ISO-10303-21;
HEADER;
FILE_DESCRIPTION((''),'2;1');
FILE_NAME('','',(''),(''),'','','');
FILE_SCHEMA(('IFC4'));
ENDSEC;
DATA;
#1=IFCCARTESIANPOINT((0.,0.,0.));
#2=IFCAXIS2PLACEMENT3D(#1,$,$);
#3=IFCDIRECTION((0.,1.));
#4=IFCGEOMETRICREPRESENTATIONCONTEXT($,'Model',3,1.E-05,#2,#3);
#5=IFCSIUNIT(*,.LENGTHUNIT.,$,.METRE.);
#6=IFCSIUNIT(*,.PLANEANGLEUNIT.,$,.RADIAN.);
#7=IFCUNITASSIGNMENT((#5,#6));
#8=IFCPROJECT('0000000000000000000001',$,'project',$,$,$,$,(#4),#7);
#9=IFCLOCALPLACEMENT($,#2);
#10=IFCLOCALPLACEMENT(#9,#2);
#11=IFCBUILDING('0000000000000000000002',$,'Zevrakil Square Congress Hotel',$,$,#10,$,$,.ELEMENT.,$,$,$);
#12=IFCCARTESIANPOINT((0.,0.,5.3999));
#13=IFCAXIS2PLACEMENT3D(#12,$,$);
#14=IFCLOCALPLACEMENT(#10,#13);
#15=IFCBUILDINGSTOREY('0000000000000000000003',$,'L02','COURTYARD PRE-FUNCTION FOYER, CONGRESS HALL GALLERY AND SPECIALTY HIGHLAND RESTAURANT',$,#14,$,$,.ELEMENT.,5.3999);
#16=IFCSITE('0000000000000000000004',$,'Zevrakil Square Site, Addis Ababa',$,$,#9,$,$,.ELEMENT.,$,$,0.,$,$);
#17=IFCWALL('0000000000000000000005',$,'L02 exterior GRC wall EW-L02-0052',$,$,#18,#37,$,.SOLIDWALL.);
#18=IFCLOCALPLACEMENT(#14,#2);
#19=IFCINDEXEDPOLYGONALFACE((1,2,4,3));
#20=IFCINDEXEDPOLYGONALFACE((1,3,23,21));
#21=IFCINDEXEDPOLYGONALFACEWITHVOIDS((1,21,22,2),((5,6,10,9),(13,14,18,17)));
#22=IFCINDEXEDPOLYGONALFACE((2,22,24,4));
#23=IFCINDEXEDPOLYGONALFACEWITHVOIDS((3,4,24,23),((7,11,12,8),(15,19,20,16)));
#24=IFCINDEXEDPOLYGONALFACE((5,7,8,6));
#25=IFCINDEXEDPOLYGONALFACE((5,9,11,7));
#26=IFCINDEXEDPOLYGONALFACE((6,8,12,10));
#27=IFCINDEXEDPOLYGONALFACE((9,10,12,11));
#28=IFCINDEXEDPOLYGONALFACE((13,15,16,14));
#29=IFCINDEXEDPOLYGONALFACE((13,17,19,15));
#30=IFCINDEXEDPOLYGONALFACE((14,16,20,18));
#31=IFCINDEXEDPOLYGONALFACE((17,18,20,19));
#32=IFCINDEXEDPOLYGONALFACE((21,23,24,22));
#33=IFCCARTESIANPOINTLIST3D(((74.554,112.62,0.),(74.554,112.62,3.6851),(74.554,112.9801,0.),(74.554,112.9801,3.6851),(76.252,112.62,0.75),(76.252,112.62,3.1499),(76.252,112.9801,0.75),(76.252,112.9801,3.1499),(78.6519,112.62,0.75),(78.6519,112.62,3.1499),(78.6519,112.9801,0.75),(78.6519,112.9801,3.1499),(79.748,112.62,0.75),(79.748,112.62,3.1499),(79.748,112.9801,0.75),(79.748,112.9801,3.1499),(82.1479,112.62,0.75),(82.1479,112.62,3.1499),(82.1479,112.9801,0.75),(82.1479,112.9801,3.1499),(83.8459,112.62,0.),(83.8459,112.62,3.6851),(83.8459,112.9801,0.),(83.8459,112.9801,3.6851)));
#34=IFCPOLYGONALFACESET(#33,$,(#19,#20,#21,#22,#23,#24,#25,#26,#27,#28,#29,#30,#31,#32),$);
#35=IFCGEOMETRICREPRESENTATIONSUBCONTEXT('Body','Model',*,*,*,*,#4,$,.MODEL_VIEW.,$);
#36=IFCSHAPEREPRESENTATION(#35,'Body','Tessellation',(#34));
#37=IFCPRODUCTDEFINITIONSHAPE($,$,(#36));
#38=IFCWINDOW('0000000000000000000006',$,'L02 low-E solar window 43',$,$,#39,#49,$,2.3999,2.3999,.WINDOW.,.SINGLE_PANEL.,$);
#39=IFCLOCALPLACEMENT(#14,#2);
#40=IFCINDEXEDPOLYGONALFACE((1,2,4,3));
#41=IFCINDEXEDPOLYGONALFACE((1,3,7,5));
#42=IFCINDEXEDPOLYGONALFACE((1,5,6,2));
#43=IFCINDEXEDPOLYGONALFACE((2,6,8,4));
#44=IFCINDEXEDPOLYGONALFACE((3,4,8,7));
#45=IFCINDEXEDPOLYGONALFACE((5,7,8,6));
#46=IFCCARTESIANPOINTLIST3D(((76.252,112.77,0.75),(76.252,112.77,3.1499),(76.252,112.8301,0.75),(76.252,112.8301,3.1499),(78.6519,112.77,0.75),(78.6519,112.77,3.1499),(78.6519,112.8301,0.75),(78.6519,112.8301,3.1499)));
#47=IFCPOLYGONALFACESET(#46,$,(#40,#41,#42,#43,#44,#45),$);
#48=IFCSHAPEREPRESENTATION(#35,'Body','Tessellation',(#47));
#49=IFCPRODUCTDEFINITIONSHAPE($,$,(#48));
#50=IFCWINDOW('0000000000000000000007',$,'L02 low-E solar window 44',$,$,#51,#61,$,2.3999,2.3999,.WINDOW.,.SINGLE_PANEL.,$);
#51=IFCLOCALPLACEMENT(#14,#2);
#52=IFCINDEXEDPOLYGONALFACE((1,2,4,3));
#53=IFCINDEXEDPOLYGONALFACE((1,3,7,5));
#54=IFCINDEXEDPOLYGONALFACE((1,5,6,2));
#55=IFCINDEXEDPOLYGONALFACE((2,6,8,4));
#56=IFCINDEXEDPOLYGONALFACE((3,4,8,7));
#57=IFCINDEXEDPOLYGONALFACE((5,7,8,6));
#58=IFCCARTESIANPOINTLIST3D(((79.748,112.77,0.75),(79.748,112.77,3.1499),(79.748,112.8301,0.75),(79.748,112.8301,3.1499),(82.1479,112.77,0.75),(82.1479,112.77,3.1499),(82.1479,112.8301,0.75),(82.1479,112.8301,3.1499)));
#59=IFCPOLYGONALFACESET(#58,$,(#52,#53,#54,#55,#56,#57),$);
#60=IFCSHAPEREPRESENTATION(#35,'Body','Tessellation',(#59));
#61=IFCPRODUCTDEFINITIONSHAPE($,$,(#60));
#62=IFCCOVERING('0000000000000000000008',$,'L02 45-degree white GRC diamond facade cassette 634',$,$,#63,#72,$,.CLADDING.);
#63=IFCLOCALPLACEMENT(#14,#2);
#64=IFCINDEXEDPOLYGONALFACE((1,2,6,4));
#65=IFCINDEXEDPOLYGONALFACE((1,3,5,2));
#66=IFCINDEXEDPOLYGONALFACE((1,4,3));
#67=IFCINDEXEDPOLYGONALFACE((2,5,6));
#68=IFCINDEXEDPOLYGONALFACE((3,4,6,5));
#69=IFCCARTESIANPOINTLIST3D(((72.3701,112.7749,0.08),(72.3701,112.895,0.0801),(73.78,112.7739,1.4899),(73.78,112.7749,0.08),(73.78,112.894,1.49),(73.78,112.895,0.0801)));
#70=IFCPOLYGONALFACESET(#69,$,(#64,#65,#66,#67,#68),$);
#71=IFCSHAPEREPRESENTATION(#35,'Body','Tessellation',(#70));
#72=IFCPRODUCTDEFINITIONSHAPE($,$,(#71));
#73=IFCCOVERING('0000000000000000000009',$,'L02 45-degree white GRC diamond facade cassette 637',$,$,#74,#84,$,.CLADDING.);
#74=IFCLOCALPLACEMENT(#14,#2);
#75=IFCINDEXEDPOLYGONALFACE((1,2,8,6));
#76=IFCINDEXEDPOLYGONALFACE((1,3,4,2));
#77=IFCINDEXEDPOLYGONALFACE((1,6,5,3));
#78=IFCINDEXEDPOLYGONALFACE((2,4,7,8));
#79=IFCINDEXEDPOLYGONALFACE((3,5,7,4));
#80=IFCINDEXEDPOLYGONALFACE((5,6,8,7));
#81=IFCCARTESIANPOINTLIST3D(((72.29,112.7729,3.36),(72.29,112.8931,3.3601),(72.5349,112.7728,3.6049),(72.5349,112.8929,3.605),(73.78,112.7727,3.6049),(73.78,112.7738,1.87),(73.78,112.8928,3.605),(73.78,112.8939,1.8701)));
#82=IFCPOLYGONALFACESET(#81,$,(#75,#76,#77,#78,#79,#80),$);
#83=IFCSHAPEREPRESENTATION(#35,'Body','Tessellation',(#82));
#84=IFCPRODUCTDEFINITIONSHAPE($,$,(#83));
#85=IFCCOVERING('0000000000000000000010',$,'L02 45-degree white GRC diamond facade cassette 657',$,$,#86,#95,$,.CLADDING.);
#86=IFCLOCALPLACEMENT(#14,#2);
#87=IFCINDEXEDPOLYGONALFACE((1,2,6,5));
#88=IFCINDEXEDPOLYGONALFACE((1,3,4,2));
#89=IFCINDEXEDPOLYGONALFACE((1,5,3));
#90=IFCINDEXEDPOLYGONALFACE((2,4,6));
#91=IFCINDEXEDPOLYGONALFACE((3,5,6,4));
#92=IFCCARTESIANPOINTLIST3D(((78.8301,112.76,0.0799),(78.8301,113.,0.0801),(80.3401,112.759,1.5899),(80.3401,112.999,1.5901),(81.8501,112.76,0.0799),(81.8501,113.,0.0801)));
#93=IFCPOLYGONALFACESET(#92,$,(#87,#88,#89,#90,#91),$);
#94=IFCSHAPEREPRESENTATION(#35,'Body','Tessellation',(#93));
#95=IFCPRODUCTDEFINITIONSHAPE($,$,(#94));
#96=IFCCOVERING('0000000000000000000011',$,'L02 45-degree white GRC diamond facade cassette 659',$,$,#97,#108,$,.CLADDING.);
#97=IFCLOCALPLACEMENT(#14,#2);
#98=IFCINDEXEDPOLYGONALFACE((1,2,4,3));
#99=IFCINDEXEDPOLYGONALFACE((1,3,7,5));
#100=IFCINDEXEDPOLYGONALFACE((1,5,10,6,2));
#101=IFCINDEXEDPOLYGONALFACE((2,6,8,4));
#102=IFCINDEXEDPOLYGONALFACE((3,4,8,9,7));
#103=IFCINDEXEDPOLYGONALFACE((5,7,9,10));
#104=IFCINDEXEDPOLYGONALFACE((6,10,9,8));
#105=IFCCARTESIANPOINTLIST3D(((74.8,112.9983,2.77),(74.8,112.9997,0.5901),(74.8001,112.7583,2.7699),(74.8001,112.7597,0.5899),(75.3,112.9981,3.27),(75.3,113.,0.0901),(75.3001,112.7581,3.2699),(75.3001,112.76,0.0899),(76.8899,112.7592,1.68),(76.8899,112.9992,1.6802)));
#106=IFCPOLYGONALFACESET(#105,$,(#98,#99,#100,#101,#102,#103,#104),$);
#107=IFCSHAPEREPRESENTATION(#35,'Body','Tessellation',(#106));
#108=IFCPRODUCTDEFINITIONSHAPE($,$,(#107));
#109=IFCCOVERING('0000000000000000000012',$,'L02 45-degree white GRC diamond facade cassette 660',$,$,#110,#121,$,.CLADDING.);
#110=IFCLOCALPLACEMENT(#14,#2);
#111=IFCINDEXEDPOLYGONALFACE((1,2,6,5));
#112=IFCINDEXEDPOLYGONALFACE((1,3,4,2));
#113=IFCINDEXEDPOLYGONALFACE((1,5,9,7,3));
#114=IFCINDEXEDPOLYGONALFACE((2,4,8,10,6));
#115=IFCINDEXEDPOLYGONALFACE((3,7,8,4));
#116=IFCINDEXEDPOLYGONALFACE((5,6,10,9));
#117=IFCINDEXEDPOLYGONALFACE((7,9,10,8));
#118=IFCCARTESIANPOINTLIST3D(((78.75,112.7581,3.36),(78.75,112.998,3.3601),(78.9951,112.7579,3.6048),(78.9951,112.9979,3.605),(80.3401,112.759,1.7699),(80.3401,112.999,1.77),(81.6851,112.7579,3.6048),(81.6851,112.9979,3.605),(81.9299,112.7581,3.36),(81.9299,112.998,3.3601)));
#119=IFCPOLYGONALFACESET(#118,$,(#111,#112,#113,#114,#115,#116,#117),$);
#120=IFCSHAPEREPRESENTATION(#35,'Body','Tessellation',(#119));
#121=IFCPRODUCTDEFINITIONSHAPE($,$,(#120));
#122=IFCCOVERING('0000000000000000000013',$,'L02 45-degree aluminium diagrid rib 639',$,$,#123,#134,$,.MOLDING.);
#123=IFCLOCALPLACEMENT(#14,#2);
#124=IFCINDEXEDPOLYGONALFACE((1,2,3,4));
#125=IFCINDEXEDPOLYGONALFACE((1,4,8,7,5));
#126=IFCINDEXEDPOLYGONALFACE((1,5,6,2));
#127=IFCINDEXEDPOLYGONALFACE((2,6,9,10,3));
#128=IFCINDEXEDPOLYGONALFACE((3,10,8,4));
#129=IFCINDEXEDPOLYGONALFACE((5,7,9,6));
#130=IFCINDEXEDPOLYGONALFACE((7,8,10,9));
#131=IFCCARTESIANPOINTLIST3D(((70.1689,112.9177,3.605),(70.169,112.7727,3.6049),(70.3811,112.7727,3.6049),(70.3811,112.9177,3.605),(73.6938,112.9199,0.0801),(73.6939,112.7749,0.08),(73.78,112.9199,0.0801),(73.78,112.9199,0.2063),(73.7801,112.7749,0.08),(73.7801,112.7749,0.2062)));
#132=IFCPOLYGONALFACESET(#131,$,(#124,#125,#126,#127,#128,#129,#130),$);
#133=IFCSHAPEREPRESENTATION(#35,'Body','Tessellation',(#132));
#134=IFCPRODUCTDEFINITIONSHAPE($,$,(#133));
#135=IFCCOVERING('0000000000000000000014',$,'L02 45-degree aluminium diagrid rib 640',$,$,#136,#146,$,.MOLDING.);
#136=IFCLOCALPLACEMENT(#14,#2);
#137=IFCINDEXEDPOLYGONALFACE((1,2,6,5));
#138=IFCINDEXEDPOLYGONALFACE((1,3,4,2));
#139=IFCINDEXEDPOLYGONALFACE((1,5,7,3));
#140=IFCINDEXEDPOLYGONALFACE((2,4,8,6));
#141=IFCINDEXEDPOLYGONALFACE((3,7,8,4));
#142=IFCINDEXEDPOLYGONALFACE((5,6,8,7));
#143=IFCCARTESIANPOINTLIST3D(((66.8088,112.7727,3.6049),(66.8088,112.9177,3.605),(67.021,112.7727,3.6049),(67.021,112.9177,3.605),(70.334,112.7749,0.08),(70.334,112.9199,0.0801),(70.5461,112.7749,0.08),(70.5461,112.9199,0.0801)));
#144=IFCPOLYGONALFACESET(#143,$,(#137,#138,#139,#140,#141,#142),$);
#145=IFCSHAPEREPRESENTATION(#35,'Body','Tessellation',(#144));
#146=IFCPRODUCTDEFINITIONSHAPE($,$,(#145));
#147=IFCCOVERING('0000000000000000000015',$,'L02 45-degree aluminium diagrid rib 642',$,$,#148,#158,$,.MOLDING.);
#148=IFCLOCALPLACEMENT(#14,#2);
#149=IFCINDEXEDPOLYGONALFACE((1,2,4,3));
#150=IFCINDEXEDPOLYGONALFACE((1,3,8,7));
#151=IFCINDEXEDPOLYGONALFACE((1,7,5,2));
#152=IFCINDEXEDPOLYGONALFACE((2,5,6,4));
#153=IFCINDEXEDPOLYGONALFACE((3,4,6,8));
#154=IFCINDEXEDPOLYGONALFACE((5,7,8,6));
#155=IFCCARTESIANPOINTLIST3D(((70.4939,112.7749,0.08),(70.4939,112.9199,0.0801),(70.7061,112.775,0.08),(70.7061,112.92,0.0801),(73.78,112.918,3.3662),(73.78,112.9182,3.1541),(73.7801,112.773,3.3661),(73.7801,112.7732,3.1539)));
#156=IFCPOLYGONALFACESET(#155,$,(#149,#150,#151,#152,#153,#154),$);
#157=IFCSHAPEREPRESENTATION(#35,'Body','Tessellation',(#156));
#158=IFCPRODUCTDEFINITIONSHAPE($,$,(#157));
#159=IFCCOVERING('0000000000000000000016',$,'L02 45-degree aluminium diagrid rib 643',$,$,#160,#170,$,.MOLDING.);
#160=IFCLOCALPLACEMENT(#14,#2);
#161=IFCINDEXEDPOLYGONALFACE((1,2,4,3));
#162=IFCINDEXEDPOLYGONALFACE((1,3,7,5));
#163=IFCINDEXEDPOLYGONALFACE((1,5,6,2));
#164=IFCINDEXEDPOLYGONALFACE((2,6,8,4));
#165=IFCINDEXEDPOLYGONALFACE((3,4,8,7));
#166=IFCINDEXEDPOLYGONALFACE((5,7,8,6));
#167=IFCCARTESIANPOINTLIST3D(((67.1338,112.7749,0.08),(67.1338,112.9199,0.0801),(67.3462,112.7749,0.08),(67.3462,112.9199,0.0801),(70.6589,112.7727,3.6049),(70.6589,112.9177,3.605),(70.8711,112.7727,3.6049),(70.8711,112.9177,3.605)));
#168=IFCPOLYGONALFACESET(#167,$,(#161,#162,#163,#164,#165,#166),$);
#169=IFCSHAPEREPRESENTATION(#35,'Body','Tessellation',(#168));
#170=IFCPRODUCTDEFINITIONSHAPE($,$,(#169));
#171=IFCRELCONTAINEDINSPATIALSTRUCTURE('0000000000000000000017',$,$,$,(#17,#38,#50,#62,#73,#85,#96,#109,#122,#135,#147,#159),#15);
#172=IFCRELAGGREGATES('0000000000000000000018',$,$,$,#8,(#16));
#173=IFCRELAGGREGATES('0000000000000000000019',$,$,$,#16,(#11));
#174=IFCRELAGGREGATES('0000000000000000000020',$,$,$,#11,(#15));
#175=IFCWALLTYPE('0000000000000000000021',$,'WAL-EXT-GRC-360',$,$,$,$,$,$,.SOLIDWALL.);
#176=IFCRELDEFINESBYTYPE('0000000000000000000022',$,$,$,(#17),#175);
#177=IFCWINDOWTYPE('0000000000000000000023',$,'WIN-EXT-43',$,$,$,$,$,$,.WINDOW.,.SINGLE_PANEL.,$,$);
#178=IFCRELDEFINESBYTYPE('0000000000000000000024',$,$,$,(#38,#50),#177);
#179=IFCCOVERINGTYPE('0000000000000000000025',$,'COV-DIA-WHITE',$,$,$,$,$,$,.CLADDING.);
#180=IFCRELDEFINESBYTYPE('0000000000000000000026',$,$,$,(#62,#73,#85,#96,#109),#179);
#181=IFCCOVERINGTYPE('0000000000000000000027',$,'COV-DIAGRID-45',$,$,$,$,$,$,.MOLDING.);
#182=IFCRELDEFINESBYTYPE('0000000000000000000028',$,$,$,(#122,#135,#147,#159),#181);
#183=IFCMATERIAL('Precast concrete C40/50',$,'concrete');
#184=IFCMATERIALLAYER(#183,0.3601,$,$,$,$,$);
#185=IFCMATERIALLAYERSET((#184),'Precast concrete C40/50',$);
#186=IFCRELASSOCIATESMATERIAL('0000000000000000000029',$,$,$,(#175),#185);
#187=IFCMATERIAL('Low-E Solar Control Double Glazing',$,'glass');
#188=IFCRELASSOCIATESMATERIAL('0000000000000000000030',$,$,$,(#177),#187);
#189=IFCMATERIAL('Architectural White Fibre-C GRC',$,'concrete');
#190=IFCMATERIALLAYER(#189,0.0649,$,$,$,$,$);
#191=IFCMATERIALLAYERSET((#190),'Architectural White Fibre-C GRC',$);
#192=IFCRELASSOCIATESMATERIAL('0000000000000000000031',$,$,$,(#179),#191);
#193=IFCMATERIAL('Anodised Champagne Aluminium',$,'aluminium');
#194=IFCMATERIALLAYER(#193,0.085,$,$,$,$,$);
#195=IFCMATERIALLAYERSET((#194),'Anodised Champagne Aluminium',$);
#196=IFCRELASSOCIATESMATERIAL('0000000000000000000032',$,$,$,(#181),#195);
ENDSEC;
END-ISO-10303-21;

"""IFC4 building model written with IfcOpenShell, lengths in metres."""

from ifc_helpers import new_model, si_unit, direction, frame, frame_2d, origin, place, context, subcontext, project, spatial, polyline, rectangle, outline, extrude, material, layer, layer_set, type_object, element, fill, save


model = new_model("IFC4")

# Units and contexts
model_context = context("Model", 3, precision=1e-05, world=origin(), true_north=direction((0.0, 1.0)))
body_context = subcontext(model_context, "Body", "Model", "MODEL_VIEW")
ifc_project = project(units=[si_unit("LENGTHUNIT", "METRE"), si_unit("PLANEANGLEUNIT", "RADIAN")], contexts=[model_context])

# Site, building, storey
site_placement = place(None, origin())
site = spatial("IfcSite", under=ifc_project, at=site_placement, Name="Zevrakil Square Site, Addis Ababa", CompositionType="ELEMENT", RefElevation=0.0)
building_placement = place(site_placement, origin())
building = spatial("IfcBuilding", under=site, at=building_placement, Name="Zevrakil Square Congress Hotel", CompositionType="ELEMENT")
storey_placement = place(building_placement, frame((0.0, 0.0, 5.3999)))
storey = spatial("IfcBuildingStorey", under=building, at=storey_placement, Name="L02", Description="COURTYARD PRE-FUNCTION FOYER, CONGRESS HALL GALLERY AND SPECIALTY HIGHLAND RESTAURANT", CompositionType="ELEMENT", Elevation=5.3999)

# Wall, openings, windows
ifc_material_1 = material(Name="Precast concrete C40/50", Category="concrete")
ifc_layer_1 = layer(ifc_material_1, 0.3601)
ifc_layer_set_1 = layer_set([ifc_layer_1], Name="Precast concrete C40/50")
wall_type = type_object("IfcWallType", Name="WAL-EXT-GRC-360", PredefinedType="SOLIDWALL", material=ifc_layer_set_1)
wall_placement = place(storey_placement, frame((74.554, 112.8, 0.0), z_axis=(0.0, 0.0, 1.0), x_axis=(1.0, 0.0, 0.0)))
wall = element("IfcWall", 1, at=wall_placement, inside=storey, type_object=wall_type, Name="L02 exterior GRC wall EW-L02-0052", PredefinedType="SOLIDWALL", context=body_context, shape_type="SweptSolid", body=[
    extrude(rectangle(XDim=9.292, YDim=0.3601, at=frame_2d((4.646, 0.0))), origin(), (0.0, 0.0, 1.0), 3.6851),
])
opening_1_placement = place(wall_placement, frame((1.698, 0.0, 0.75)))
opening_1 = element("IfcOpeningElement", 2, at=opening_1_placement, cuts=wall, PredefinedType="OPENING", context=body_context, shape_type="SweptSolid", body=[
    extrude(rectangle(XDim=2.3999, YDim=2.3999, at=frame_2d((1.2, 1.2))), frame((0.0, 0.1899, 0.0), z_axis=(0.0, -1.0, 0.0), x_axis=(1.0, 0.0, 0.0)), (0.0, 0.0, 1.0), 0.3801),
])
opening_2_placement = place(wall_placement, frame((5.1941, 0.0, 0.75)))
opening_2 = element("IfcOpeningElement", 3, at=opening_2_placement, cuts=wall, PredefinedType="OPENING", context=body_context, shape_type="SweptSolid", body=[
    extrude(rectangle(XDim=2.3999, YDim=2.3999, at=frame_2d((1.2, 1.2))), frame((0.0, 0.1899, 0.0), z_axis=(0.0, -1.0, 0.0), x_axis=(1.0, 0.0, 0.0)), (0.0, 0.0, 1.0), 0.3801),
])
ifc_material_2 = material(Name="Low-E Solar Control Double Glazing", Category="glass")
window_type = type_object("IfcWindowType", Name="WIN-EXT-43", PartitioningType="SINGLE_PANEL", PredefinedType="WINDOW", material=ifc_material_2)
window_1_placement = place(opening_1_placement, origin())
window_1 = element("IfcWindow", 4, at=window_1_placement, inside=storey, type_object=window_type, Name="L02 low-E solar window 43", OverallHeight=2.3999, OverallWidth=2.3999, PartitioningType="SINGLE_PANEL", PredefinedType="WINDOW", context=body_context, shape_type="SweptSolid", body=[
    extrude(rectangle(XDim=2.3999, YDim=2.3999, at=frame_2d((1.2, 1.2))), frame((0.0, 0.03, 0.0), z_axis=(0.0, -1.0, 0.0), x_axis=(1.0, 0.0, 0.0)), (0.0, 0.0, 1.0), 0.0601),
])
fill(opening_1, window_1)
window_2_placement = place(opening_2_placement, origin())
window_2 = element("IfcWindow", 5, at=window_2_placement, inside=storey, type_object=window_type, Name="L02 low-E solar window 44", OverallHeight=2.3999, OverallWidth=2.3999, PartitioningType="SINGLE_PANEL", PredefinedType="WINDOW", context=body_context, shape_type="SweptSolid", body=[
    extrude(rectangle(XDim=2.3999, YDim=2.3999, at=frame_2d((1.2, 1.2))), frame((0.0, 0.03, 0.0), z_axis=(0.0, -1.0, 0.0), x_axis=(1.0, 0.0, 0.0)), (0.0, 0.0, 1.0), 0.0601),
])
fill(opening_2, window_2)

# Coverings
ifc_material_3 = material(Name="Architectural White Fibre-C GRC", Category="concrete")
ifc_layer_2 = layer(ifc_material_3, 0.0649)
ifc_layer_set_2 = layer_set([ifc_layer_2], Name="Architectural White Fibre-C GRC")
covering_type_1 = type_object("IfcCoveringType", Name="COV-DIA-WHITE", PredefinedType="CLADDING", material=ifc_layer_set_2)
covering_1_placement = place(storey_placement, frame((72.3701, 112.895, 0.0801), z_axis=(0.0, 1.0, 0.000693), x_axis=(1.0, 0.0, 0.0)))
element("IfcCovering", 6, at=covering_1_placement, inside=storey, type_object=covering_type_1, Name="L02 45-degree white GRC diamond facade cassette 634", PredefinedType="CLADDING", context=body_context, shape_type="SweptSolid", body=[
    extrude(outline(polyline([(0.0, 0.0), (1.4099, 0.0), (1.4099, -1.4099), (0.0, 0.0)])), origin(), (0.0, 0.0, -1.0), 0.1201),
])
covering_2_placement = place(storey_placement, frame((72.29, 112.8931, 3.3601), z_axis=(0.000064, 1.0, 0.000609), x_axis=(0.707107, 0.000385, -0.707107)))
element("IfcCovering", 7, at=covering_2_placement, inside=storey, type_object=covering_type_1, Name="L02 45-degree white GRC diamond facade cassette 637", PredefinedType="CLADDING", context=body_context, shape_type="SweptSolid", body=[
    extrude(outline(polyline([(0.0, 0.0), (2.1072, 0.0), (0.8804, -1.2267), (0.0, -0.3463), (0.0, 0.0)])), origin(), (0.0, 0.0, -1.0), 0.1201),
])
covering_3_placement = place(storey_placement, frame((80.3401, 112.999, 1.5901), z_axis=(0.0, 1.0, 0.000647), x_axis=(-0.707107, 0.000457, -0.707107)))
element("IfcCovering", 8, at=covering_3_placement, inside=storey, type_object=covering_type_1, Name="L02 45-degree white GRC diamond facade cassette 657", PredefinedType="CLADDING", context=body_context, shape_type="SweptSolid", body=[
    extrude(outline(polyline([(0.0, 0.0), (2.1355, 0.0), (0.0, -2.1355), (0.0, 0.0)])), origin(), (0.0, 0.0, -1.0), 0.24),
])
covering_4_placement = place(storey_placement, frame((75.3, 113.0, 0.0901), z_axis=(-0.000085, 1.0, 0.000607), x_axis=(0.707052, -0.000369, 0.707161)))
element("IfcCovering", 9, at=covering_4_placement, inside=storey, type_object=covering_type_1, Name="L02 45-degree white GRC diamond facade cassette 659", PredefinedType="CLADDING", context=body_context, shape_type="SweptSolid", body=[
    extrude(outline(polyline([(0.0, 0.0), (2.2486, 0.0), (2.2487, -2.2484), (1.5416, -2.2484), (0.0001, -0.7071), (0.0, 0.0)])), origin(), (0.0, 0.0, -1.0), 0.24),
])
covering_5_placement = place(storey_placement, frame((78.75, 112.998, 3.3601), z_axis=(0.0, 1.0, 0.000579), x_axis=(0.707107, 0.00041, -0.707107)))
element("IfcCovering", 10, at=covering_5_placement, inside=storey, type_object=covering_type_1, Name="L02 45-degree white GRC diamond facade cassette 660", PredefinedType="CLADDING", context=body_context, shape_type="SweptSolid", body=[
    extrude(outline(polyline([(0.0, 0.0), (2.2487, 0.0), (2.2486, -2.2486), (1.9022, -2.2486), (0.0002, -0.3465), (0.0, 0.0)])), origin(), (0.0, 0.0, -1.0), 0.24),
])
ifc_material_4 = material(Name="Anodised Champagne Aluminium", Category="aluminium")
ifc_layer_3 = layer(ifc_material_4, 0.085)
ifc_layer_set_3 = layer_set([ifc_layer_3], Name="Anodised Champagne Aluminium")
covering_type_2 = type_object("IfcCoveringType", Name="COV-DIAGRID-45", PredefinedType="MOLDING", material=ifc_layer_set_3)
covering_6_placement = place(storey_placement, frame((73.6938, 112.9199, 0.0801), z_axis=(-0.000187, 1.0, 0.000443), x_axis=(1.0, 0.000187, 0.0)))
element("IfcCovering", 11, at=covering_6_placement, inside=storey, type_object=covering_type_2, Name="L02 45-degree aluminium diagrid rib 639", PredefinedType="MOLDING", context=body_context, shape_type="SweptSolid", body=[
    extrude(outline(polyline([(0.0, 0.0), (0.0862, 0.0), (0.0862, -0.1262), (-3.3127, -3.5249), (-3.5249, -3.5249), (0.0, 0.0)])), origin(), (0.0, 0.0, -1.0), 0.145),
])
covering_7_placement = place(storey_placement, frame((70.334, 112.9199, 0.0801), z_axis=(0.0, 1.0, 0.000623), x_axis=(1.0, 0.0, 0.0)))
element("IfcCovering", 12, at=covering_7_placement, inside=storey, type_object=covering_type_2, Name="L02 45-degree aluminium diagrid rib 640", PredefinedType="MOLDING", context=body_context, shape_type="SweptSolid", body=[
    extrude(outline(polyline([(0.0, 0.0), (0.2122, 0.0), (-3.313, -3.5249), (-3.5251, -3.5249), (0.0, 0.0)])), origin(), (0.0, 0.0, -1.0), 0.145),
])
covering_8_placement = place(storey_placement, frame((73.78, 112.9182, 3.1541), z_axis=(-0.000287, 1.0, 0.000863), x_axis=(0.0, -0.000863, 1.0)))
element("IfcCovering", 13, at=covering_8_placement, inside=storey, type_object=covering_type_2, Name="L02 45-degree aluminium diagrid rib 642", PredefinedType="MOLDING", context=body_context, shape_type="SweptSolid", body=[
    extrude(outline(polyline([(0.0, 0.0), (0.2122, 0.0), (-3.074, -3.2861), (-3.074, -3.074), (0.0, 0.0)])), origin(), (0.0, 0.0, -1.0), 0.145),
])
covering_9_placement = place(storey_placement, frame((70.8711, 112.9177, 3.605), z_axis=(0.0, 1.0, 0.000623), x_axis=(-1.0, 0.0, 0.0)))
element("IfcCovering", 14, at=covering_9_placement, inside=storey, type_object=covering_type_2, Name="L02 45-degree aluminium diagrid rib 643", PredefinedType="MOLDING", context=body_context, shape_type="SweptSolid", body=[
    extrude(outline(polyline([(0.0, 0.0), (0.2122, 0.0), (3.7373, -3.5249), (3.5249, -3.5249), (0.0, 0.0)])), origin(), (0.0, 0.0, -1.0), 0.145),
])

save(model, "model.ifc")
